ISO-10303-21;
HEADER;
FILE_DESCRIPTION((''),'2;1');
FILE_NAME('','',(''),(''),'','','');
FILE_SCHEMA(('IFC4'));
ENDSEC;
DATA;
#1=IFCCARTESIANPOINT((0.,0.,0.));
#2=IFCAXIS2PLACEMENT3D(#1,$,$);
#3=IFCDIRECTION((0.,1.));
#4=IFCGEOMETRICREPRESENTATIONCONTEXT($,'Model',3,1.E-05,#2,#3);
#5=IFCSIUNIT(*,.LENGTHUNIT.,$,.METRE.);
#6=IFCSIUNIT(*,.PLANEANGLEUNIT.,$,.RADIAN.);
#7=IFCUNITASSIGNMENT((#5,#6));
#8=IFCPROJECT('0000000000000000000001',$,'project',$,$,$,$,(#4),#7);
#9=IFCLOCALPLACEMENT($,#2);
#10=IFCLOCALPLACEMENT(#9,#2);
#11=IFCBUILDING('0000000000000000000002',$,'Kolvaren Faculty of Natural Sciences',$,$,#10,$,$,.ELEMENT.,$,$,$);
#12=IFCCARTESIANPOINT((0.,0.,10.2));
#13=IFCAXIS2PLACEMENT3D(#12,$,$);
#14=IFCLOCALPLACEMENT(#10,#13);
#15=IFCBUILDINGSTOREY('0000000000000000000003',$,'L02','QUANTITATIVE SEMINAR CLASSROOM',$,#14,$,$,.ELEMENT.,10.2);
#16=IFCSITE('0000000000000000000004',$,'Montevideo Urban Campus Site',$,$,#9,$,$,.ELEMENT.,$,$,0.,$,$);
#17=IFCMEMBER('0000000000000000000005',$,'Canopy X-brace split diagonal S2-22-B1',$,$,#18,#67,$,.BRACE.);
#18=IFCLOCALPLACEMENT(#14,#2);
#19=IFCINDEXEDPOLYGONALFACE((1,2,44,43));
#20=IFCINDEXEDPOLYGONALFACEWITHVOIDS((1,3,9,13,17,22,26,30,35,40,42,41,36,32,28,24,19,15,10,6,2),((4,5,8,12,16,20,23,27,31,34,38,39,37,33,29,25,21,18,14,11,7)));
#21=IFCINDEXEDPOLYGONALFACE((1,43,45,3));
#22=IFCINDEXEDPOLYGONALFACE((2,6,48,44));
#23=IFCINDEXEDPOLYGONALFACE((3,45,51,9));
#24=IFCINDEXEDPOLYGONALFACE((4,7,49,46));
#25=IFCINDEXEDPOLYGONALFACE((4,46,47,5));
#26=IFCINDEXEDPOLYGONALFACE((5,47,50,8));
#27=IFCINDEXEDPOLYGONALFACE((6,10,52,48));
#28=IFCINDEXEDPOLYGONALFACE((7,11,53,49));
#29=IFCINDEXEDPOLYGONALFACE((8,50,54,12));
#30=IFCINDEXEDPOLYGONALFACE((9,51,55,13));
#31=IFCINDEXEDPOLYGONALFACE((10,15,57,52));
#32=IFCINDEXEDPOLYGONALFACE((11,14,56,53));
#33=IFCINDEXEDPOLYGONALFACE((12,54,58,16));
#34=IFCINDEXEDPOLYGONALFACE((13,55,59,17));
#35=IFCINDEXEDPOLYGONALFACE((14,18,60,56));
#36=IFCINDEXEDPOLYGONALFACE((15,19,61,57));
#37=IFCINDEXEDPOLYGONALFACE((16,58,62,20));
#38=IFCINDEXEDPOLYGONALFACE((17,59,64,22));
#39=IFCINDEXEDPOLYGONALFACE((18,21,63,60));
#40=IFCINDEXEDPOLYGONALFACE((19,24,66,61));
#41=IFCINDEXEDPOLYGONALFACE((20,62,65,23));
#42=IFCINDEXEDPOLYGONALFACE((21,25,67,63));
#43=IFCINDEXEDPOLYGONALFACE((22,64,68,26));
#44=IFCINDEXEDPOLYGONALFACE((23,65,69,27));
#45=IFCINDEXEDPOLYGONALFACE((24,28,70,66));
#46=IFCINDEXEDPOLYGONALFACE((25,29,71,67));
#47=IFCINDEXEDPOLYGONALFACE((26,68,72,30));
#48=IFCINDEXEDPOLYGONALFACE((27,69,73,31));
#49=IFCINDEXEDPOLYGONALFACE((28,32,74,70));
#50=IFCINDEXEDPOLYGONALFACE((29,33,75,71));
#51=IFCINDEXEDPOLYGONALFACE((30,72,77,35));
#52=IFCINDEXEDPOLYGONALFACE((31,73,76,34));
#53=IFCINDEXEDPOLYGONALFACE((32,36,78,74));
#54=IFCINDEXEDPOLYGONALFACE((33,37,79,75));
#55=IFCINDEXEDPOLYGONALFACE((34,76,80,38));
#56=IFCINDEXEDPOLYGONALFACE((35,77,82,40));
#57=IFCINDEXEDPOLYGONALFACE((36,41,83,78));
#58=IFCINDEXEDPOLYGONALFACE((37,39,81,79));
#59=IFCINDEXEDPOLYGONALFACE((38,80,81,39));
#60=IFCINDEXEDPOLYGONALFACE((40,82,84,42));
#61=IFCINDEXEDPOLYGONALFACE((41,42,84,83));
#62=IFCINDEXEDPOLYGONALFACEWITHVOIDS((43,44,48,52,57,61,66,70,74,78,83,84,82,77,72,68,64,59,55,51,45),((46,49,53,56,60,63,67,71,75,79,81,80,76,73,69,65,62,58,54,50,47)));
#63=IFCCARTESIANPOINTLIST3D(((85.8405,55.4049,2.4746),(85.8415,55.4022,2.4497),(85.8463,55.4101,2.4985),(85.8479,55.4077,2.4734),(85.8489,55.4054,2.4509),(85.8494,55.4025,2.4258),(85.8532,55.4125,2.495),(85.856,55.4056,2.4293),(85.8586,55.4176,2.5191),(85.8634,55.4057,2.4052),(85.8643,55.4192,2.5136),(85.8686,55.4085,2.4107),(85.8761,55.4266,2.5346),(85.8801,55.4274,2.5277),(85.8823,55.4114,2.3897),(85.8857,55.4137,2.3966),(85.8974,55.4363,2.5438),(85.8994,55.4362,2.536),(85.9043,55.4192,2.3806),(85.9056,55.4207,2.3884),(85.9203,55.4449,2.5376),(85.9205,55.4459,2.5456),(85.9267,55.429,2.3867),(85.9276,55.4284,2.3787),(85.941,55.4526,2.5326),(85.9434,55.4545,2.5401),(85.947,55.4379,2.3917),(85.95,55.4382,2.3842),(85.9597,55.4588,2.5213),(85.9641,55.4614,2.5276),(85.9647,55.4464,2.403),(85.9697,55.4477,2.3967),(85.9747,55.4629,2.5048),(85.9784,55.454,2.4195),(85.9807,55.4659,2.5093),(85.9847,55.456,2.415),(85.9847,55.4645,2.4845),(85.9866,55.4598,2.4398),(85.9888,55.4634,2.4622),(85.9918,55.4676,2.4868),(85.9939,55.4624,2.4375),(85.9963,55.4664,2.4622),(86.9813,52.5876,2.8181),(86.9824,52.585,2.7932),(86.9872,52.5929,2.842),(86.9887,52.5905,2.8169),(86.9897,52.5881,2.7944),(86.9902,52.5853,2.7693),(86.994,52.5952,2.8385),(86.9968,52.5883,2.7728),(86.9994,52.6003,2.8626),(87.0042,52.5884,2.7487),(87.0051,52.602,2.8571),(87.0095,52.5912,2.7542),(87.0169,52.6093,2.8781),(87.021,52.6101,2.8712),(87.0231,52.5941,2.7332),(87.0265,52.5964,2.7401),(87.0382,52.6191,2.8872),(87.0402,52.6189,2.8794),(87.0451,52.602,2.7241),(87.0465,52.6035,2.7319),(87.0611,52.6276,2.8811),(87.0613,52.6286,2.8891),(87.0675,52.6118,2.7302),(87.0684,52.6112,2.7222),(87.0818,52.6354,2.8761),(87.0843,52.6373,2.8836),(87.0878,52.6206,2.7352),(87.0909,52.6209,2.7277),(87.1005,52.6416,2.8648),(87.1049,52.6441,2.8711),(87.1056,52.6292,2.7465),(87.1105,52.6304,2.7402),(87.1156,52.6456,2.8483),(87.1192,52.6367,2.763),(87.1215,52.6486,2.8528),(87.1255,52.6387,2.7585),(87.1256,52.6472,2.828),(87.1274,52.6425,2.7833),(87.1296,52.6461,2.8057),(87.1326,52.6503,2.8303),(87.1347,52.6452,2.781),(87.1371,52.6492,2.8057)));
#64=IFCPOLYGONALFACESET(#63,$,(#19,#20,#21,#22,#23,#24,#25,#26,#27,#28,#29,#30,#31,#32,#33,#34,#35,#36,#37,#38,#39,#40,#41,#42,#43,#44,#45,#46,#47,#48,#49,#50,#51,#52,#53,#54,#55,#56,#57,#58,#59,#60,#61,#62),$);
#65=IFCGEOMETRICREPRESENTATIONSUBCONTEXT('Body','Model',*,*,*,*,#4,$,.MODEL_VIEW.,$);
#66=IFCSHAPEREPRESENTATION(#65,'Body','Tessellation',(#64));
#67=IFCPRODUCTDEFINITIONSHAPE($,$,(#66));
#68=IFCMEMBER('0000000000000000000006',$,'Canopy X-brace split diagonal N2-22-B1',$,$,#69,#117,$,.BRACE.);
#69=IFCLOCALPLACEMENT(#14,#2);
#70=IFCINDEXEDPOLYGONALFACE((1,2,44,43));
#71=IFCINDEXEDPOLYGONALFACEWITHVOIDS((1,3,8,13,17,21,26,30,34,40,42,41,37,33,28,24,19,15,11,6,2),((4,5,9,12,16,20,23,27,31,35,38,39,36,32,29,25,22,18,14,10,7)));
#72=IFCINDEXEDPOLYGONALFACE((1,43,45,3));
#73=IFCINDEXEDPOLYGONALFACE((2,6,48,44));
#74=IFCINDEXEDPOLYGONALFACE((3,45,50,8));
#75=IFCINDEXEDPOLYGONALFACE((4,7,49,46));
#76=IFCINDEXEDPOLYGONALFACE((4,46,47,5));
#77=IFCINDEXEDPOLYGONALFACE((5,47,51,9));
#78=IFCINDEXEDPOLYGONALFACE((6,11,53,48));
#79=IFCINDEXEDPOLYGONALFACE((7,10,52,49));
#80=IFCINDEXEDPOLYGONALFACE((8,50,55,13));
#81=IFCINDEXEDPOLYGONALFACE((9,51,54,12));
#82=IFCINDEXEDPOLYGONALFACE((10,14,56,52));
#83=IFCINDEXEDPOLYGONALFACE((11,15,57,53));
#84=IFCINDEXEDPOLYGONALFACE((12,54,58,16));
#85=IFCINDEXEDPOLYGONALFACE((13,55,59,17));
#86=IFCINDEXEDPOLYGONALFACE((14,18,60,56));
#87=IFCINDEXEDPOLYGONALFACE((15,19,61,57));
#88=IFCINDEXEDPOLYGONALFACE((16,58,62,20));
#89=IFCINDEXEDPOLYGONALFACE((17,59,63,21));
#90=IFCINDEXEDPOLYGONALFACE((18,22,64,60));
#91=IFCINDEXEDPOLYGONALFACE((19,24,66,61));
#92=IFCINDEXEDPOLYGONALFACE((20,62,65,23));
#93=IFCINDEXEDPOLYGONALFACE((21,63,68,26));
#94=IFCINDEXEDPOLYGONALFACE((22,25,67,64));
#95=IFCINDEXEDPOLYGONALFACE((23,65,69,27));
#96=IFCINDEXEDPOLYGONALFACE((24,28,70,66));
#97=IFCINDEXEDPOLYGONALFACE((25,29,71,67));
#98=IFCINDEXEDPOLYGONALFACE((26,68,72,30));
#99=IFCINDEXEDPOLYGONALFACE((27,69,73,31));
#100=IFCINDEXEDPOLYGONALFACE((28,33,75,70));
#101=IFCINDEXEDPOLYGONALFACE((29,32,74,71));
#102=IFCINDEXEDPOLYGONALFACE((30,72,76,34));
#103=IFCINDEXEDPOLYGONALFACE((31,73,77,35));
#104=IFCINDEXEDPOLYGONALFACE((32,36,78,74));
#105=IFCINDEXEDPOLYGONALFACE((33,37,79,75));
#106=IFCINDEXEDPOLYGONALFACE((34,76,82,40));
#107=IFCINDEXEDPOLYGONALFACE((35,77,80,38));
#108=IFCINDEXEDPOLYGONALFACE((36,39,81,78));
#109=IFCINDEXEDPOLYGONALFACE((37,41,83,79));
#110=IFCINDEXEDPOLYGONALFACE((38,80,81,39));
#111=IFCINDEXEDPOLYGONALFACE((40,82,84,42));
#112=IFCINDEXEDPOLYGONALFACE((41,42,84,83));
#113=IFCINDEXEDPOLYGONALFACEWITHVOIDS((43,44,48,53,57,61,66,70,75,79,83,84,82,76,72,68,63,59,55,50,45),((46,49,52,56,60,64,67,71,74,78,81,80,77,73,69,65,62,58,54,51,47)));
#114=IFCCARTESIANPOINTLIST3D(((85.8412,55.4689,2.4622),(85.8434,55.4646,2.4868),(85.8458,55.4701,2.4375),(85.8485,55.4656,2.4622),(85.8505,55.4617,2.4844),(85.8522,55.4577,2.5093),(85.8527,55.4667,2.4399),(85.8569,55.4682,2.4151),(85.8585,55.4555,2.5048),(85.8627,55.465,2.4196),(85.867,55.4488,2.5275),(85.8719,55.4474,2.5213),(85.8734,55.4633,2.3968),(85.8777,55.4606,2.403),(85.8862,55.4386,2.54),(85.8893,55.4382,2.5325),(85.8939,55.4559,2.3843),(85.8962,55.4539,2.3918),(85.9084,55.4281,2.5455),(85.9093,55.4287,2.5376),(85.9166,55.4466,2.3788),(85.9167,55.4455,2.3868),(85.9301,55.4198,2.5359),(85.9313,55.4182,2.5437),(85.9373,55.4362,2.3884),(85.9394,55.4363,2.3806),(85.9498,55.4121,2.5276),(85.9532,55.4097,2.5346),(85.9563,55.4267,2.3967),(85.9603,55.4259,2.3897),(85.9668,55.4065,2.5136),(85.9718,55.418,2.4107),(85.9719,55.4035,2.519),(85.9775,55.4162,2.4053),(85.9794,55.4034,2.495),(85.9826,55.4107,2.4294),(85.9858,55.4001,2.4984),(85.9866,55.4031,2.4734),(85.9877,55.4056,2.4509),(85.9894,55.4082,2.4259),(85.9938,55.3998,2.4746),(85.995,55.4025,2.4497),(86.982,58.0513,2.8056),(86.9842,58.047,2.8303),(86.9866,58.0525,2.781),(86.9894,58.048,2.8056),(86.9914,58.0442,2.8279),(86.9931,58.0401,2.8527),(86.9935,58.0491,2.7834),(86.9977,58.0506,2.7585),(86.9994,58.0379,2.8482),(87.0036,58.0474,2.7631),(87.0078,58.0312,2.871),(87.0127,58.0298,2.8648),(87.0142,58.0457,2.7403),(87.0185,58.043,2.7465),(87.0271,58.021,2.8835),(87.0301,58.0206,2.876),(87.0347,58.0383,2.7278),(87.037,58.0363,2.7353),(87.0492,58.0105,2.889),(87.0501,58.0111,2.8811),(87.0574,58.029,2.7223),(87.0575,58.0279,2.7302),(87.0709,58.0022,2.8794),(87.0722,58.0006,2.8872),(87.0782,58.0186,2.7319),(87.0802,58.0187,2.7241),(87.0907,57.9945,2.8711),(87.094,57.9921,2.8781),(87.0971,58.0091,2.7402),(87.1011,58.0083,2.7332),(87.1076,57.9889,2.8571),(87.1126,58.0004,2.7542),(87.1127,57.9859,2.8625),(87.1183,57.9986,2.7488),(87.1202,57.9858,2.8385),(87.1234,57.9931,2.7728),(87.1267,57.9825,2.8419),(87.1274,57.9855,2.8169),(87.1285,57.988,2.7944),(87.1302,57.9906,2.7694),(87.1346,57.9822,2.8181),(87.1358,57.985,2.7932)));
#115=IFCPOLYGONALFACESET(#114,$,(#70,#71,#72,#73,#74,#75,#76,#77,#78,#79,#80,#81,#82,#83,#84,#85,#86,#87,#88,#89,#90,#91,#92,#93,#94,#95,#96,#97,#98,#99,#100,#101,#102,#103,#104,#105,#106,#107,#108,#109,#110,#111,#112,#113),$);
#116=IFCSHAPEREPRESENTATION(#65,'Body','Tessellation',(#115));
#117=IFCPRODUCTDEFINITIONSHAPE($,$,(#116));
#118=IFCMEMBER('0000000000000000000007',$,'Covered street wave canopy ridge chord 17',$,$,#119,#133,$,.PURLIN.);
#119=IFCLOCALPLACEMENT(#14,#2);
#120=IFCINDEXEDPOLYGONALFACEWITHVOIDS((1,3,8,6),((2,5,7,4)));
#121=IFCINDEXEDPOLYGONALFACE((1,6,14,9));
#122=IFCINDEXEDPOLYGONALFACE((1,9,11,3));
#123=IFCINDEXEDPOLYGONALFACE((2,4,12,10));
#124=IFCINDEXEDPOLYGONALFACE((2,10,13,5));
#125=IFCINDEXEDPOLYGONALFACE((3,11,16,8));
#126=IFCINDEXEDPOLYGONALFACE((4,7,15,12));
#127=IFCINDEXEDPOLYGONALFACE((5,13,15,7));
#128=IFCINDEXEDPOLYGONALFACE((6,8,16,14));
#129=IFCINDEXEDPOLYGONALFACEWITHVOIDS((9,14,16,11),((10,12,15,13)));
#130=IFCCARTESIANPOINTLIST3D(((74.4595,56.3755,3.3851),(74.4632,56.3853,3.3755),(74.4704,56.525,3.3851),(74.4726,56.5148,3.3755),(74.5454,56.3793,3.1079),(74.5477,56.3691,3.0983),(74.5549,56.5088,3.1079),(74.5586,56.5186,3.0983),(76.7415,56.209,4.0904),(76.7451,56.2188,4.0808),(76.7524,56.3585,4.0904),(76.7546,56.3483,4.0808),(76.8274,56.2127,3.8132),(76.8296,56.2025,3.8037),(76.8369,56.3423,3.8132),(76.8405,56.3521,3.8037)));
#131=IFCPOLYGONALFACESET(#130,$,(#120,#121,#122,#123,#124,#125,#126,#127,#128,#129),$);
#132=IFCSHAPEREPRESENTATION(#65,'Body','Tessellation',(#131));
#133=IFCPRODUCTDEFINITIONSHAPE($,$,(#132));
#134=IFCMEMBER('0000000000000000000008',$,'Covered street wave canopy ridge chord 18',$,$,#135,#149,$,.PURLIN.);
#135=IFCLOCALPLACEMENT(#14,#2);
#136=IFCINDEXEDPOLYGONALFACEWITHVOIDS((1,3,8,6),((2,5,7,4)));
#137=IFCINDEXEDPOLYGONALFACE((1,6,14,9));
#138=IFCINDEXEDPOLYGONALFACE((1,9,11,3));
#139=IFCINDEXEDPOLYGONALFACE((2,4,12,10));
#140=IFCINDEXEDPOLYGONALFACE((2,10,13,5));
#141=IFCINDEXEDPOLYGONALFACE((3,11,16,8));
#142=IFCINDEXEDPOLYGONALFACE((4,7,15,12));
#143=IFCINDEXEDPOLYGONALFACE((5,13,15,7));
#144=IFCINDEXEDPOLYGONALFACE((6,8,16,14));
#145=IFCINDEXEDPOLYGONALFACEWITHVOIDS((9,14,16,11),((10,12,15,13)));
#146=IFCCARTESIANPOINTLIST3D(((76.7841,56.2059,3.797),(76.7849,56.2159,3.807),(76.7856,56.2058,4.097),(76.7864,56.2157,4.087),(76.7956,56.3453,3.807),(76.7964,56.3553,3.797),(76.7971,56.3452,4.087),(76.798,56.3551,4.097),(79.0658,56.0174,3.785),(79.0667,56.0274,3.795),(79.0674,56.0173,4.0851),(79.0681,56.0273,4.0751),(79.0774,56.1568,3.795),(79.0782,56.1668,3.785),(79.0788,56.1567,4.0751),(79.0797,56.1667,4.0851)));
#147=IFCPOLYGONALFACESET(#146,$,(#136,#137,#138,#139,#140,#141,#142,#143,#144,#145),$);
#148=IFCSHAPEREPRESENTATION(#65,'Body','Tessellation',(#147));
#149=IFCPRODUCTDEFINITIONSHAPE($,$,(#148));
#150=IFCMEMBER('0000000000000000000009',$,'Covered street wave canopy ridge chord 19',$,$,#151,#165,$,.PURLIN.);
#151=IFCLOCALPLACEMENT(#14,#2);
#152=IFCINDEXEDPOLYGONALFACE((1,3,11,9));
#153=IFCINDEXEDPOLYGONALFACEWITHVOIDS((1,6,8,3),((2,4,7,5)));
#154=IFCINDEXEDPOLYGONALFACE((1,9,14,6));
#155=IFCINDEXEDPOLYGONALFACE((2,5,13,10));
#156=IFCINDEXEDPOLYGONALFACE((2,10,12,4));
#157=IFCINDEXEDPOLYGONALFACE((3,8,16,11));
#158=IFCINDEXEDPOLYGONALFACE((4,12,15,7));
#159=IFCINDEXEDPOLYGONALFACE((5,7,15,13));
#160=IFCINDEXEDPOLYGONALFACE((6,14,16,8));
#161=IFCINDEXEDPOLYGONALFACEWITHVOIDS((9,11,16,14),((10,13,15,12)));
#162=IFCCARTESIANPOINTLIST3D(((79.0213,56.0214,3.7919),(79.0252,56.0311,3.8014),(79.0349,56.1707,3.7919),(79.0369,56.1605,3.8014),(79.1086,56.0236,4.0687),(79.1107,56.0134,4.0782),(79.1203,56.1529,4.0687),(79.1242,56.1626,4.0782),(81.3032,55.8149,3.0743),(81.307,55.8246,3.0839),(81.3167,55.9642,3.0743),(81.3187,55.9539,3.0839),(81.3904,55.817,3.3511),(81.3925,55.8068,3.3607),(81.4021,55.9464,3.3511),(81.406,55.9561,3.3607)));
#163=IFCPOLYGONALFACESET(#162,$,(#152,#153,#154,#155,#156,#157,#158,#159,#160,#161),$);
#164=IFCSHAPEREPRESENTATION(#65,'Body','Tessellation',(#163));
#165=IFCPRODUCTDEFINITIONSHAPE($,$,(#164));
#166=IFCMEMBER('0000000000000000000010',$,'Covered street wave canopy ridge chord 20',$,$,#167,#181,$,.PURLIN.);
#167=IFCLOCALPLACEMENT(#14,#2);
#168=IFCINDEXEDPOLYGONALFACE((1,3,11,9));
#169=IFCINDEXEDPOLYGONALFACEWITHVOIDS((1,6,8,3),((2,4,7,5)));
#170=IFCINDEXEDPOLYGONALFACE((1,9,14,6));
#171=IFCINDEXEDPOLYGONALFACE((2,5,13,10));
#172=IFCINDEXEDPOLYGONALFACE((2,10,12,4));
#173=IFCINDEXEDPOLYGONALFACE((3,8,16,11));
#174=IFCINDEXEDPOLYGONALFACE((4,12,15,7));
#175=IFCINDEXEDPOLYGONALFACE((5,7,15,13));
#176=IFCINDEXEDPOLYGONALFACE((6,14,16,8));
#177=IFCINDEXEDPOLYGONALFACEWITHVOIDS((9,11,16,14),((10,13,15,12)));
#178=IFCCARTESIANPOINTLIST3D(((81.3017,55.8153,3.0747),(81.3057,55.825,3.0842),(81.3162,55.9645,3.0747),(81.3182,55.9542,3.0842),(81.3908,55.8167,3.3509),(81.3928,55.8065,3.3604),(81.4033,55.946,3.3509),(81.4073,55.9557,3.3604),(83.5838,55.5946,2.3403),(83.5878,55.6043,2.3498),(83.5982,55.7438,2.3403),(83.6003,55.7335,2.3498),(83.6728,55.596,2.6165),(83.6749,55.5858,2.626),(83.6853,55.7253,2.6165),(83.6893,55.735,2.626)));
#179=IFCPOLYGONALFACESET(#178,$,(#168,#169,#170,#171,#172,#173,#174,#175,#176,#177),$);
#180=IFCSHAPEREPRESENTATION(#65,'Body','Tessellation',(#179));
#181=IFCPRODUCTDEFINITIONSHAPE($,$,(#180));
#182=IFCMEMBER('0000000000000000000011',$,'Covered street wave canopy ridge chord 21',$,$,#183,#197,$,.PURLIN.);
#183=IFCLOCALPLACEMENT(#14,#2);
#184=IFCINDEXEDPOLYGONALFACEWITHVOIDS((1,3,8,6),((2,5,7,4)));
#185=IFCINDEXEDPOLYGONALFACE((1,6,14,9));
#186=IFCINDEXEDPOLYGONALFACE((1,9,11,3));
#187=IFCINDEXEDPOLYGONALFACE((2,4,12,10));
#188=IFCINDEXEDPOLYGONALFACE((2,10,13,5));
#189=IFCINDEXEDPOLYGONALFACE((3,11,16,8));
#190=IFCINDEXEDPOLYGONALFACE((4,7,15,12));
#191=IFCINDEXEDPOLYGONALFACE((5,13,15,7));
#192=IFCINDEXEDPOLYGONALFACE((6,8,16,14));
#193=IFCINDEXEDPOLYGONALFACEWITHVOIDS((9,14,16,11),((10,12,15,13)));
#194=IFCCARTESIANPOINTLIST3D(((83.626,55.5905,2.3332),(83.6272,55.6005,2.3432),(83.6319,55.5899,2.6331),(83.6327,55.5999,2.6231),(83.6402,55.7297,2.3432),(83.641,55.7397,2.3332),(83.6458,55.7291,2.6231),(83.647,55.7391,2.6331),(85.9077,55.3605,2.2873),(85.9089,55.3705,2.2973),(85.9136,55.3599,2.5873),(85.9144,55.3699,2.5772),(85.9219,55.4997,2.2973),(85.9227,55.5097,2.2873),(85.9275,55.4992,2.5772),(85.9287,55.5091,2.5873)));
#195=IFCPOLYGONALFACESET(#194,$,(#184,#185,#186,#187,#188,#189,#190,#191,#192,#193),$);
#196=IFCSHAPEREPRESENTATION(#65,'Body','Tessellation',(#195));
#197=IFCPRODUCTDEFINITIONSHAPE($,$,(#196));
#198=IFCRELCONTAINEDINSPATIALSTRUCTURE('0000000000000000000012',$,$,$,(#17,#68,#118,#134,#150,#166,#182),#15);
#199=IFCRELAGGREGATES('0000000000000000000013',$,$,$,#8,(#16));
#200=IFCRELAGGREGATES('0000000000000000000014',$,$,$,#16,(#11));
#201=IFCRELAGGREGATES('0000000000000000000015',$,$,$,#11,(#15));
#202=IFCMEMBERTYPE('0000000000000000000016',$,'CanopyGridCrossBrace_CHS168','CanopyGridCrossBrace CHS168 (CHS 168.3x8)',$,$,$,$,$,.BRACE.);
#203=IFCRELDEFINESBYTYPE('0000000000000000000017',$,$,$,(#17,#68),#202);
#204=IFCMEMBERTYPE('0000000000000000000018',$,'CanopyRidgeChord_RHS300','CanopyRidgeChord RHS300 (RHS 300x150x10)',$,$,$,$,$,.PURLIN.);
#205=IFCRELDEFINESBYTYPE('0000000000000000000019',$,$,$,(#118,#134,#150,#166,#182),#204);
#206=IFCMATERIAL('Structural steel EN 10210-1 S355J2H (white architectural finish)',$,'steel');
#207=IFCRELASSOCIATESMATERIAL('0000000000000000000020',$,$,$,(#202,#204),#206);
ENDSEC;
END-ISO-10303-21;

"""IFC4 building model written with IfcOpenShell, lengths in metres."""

from ifc_helpers import new_model, si_unit, direction, frame, origin, origin_2d, place, context, subcontext, project, spatial, hollow_rectangle, hollow_circle, extrude, material, material_profile, profile_set, type_object, element, save


model = new_model("IFC4")

# Units and contexts
model_context = context("Model", 3, precision=1e-05, world=origin(), true_north=direction((0.0, 1.0)))
body_context = subcontext(model_context, "Body", "Model", "MODEL_VIEW")
ifc_project = project(units=[si_unit("LENGTHUNIT", "METRE"), si_unit("PLANEANGLEUNIT", "RADIAN")], contexts=[model_context])

# Site, building, storey
site_placement = place(None, origin())
site = spatial("IfcSite", under=ifc_project, at=site_placement, Name="Montevideo Urban Campus Site", CompositionType="ELEMENT", RefElevation=0.0)
building_placement = place(site_placement, origin())
building = spatial("IfcBuilding", under=site, at=building_placement, Name="Kolvaren Faculty of Natural Sciences", CompositionType="ELEMENT")
storey_placement = place(building_placement, frame((0.0, 0.0, 10.2)))
storey = spatial("IfcBuildingStorey", under=building, at=storey_placement, Name="L02", Description="QUANTITATIVE SEMINAR CLASSROOM", CompositionType="ELEMENT", Elevation=10.2)

# Members
ifc_material_1 = material(Name="Structural steel EN 10210-1 S355J2H (white architectural finish)", Category="steel")
ifc_material_profile_1 = material_profile(ifc_material_1, hollow_circle(Radius=0.0842, WallThickness=0.0081, at=origin_2d()), Name="CHS 168.3x8")
ifc_profile_set_1 = profile_set([ifc_material_profile_1], Name="Structural steel EN 10210-1 S355J2H (white architectural finish)")
member_type_1 = type_object("IfcMemberType", Name="CanopyGridCrossBrace_CHS168", Description="CanopyGridCrossBrace CHS168 (CHS 168.3x8)", PredefinedType="BRACE", material=ifc_profile_set_1)
member_1_placement = place(storey_placement, frame((85.9182, 55.4348, 2.4622), z_axis=(0.37296, -0.921027, 0.112295), x_axis=(0.92689, 0.375334, 0.0)))
element("IfcMember", 1, at=member_1_placement, inside=storey, type_object=member_type_1, Name="Canopy X-brace split diagonal S2-22-B1", PredefinedType="BRACE", context=body_context, shape_type="SweptSolid", body=[
    extrude(hollow_circle(Radius=0.0842, WallThickness=0.0081, at=origin_2d()), origin(), (0.0, 0.0, 1.0), 3.0588),
])
member_2_placement = place(storey_placement, frame((85.9182, 55.4348, 2.4622), z_axis=(0.401133, 0.908022, 0.120778), x_axis=(-0.914719, 0.404091, 0.0)))
element("IfcMember", 2, at=member_2_placement, inside=storey, type_object=member_type_1, Name="Canopy X-brace split diagonal N2-22-B1", PredefinedType="BRACE", context=body_context, shape_type="SweptSolid", body=[
    extrude(hollow_circle(Radius=0.0842, WallThickness=0.0081, at=origin_2d()), origin(), (0.0, 0.0, 1.0), 2.844),
])
ifc_material_profile_2 = material_profile(ifc_material_1, hollow_rectangle(XDim=0.1499, YDim=0.3, WallThickness=0.01, at=origin_2d()), Name="RHS 300x150x10")
ifc_profile_set_2 = profile_set([ifc_material_profile_2], Name="Structural steel EN 10210-1 S355J2H (white architectural finish)")
member_type_2 = type_object("IfcMemberType", Name="CanopyRidgeChord_RHS300", Description="CanopyRidgeChord RHS300 (RHS 300x150x10)", PredefinedType="PURLIN", material=ifc_profile_set_2)
member_3_placement = place(storey_placement, frame((74.509, 56.447, 3.2417), z_axis=(0.953092, -0.069542, 0.294585), x_axis=(0.072771, 0.997349, 0.0)))
element("IfcMember", 3, at=member_3_placement, inside=storey, type_object=member_type_2, Name="Covered street wave canopy ridge chord 17", PredefinedType="PURLIN", context=body_context, shape_type="SweptSolid", body=[
    extrude(hollow_rectangle(XDim=0.1499, YDim=0.3, WallThickness=0.01, at=origin_2d()), origin(), (0.0, 0.0, 1.0), 2.3943),
])
member_4_placement = place(storey_placement, frame((76.791, 56.2805, 3.947), z_axis=(0.996592, -0.082321, -0.005225), x_axis=(0.082322, 0.996606, 0.0)))
element("IfcMember", 4, at=member_4_placement, inside=storey, type_object=member_type_2, Name="Covered street wave canopy ridge chord 18", PredefinedType="PURLIN", context=body_context, shape_type="SweptSolid", body=[
    extrude(hollow_rectangle(XDim=0.1499, YDim=0.3, WallThickness=0.01, at=origin_2d()), origin(), (0.0, 0.0, 1.0), 2.2896),
])
member_5_placement = place(storey_placement, frame((79.0728, 56.092, 3.9351), z_axis=(0.950408, -0.086031, -0.298871), x_axis=(0.090151, 0.995928, 0.0)))
element("IfcMember", 5, at=member_5_placement, inside=storey, type_object=member_type_2, Name="Covered street wave canopy ridge chord 19", PredefinedType="PURLIN", context=body_context, shape_type="SweptSolid", body=[
    extrude(hollow_rectangle(XDim=0.1499, YDim=0.3, WallThickness=0.01, at=origin_2d()), origin(), (0.0, 0.0, 1.0), 2.4009),
])
member_6_placement = place(storey_placement, frame((81.3545, 55.8855, 3.2175), z_axis=(0.947913, -0.091678, -0.305052), x_axis=(0.096266, 0.995356, 0.0)))
element("IfcMember", 6, at=member_6_placement, inside=storey, type_object=member_type_2, Name="Covered street wave canopy ridge chord 20", PredefinedType="PURLIN", context=body_context, shape_type="SweptSolid", body=[
    extrude(hollow_rectangle(XDim=0.1499, YDim=0.3, WallThickness=0.01, at=origin_2d()), origin(), (0.0, 0.0, 1.0), 2.4075),
])
member_7_placement = place(storey_placement, frame((83.6365, 55.6648, 2.4832), z_axis=(0.99476, -0.100264, -0.02001), x_axis=(0.100284, 0.994959, 0.0)))
element("IfcMember", 7, at=member_7_placement, inside=storey, type_object=member_type_2, Name="Covered street wave canopy ridge chord 21", PredefinedType="PURLIN", context=body_context, shape_type="SweptSolid", body=[
    extrude(hollow_rectangle(XDim=0.1499, YDim=0.3, WallThickness=0.01, at=origin_2d()), origin(), (0.0, 0.0, 1.0), 2.2937),
])

save(model, "model.ifc")
